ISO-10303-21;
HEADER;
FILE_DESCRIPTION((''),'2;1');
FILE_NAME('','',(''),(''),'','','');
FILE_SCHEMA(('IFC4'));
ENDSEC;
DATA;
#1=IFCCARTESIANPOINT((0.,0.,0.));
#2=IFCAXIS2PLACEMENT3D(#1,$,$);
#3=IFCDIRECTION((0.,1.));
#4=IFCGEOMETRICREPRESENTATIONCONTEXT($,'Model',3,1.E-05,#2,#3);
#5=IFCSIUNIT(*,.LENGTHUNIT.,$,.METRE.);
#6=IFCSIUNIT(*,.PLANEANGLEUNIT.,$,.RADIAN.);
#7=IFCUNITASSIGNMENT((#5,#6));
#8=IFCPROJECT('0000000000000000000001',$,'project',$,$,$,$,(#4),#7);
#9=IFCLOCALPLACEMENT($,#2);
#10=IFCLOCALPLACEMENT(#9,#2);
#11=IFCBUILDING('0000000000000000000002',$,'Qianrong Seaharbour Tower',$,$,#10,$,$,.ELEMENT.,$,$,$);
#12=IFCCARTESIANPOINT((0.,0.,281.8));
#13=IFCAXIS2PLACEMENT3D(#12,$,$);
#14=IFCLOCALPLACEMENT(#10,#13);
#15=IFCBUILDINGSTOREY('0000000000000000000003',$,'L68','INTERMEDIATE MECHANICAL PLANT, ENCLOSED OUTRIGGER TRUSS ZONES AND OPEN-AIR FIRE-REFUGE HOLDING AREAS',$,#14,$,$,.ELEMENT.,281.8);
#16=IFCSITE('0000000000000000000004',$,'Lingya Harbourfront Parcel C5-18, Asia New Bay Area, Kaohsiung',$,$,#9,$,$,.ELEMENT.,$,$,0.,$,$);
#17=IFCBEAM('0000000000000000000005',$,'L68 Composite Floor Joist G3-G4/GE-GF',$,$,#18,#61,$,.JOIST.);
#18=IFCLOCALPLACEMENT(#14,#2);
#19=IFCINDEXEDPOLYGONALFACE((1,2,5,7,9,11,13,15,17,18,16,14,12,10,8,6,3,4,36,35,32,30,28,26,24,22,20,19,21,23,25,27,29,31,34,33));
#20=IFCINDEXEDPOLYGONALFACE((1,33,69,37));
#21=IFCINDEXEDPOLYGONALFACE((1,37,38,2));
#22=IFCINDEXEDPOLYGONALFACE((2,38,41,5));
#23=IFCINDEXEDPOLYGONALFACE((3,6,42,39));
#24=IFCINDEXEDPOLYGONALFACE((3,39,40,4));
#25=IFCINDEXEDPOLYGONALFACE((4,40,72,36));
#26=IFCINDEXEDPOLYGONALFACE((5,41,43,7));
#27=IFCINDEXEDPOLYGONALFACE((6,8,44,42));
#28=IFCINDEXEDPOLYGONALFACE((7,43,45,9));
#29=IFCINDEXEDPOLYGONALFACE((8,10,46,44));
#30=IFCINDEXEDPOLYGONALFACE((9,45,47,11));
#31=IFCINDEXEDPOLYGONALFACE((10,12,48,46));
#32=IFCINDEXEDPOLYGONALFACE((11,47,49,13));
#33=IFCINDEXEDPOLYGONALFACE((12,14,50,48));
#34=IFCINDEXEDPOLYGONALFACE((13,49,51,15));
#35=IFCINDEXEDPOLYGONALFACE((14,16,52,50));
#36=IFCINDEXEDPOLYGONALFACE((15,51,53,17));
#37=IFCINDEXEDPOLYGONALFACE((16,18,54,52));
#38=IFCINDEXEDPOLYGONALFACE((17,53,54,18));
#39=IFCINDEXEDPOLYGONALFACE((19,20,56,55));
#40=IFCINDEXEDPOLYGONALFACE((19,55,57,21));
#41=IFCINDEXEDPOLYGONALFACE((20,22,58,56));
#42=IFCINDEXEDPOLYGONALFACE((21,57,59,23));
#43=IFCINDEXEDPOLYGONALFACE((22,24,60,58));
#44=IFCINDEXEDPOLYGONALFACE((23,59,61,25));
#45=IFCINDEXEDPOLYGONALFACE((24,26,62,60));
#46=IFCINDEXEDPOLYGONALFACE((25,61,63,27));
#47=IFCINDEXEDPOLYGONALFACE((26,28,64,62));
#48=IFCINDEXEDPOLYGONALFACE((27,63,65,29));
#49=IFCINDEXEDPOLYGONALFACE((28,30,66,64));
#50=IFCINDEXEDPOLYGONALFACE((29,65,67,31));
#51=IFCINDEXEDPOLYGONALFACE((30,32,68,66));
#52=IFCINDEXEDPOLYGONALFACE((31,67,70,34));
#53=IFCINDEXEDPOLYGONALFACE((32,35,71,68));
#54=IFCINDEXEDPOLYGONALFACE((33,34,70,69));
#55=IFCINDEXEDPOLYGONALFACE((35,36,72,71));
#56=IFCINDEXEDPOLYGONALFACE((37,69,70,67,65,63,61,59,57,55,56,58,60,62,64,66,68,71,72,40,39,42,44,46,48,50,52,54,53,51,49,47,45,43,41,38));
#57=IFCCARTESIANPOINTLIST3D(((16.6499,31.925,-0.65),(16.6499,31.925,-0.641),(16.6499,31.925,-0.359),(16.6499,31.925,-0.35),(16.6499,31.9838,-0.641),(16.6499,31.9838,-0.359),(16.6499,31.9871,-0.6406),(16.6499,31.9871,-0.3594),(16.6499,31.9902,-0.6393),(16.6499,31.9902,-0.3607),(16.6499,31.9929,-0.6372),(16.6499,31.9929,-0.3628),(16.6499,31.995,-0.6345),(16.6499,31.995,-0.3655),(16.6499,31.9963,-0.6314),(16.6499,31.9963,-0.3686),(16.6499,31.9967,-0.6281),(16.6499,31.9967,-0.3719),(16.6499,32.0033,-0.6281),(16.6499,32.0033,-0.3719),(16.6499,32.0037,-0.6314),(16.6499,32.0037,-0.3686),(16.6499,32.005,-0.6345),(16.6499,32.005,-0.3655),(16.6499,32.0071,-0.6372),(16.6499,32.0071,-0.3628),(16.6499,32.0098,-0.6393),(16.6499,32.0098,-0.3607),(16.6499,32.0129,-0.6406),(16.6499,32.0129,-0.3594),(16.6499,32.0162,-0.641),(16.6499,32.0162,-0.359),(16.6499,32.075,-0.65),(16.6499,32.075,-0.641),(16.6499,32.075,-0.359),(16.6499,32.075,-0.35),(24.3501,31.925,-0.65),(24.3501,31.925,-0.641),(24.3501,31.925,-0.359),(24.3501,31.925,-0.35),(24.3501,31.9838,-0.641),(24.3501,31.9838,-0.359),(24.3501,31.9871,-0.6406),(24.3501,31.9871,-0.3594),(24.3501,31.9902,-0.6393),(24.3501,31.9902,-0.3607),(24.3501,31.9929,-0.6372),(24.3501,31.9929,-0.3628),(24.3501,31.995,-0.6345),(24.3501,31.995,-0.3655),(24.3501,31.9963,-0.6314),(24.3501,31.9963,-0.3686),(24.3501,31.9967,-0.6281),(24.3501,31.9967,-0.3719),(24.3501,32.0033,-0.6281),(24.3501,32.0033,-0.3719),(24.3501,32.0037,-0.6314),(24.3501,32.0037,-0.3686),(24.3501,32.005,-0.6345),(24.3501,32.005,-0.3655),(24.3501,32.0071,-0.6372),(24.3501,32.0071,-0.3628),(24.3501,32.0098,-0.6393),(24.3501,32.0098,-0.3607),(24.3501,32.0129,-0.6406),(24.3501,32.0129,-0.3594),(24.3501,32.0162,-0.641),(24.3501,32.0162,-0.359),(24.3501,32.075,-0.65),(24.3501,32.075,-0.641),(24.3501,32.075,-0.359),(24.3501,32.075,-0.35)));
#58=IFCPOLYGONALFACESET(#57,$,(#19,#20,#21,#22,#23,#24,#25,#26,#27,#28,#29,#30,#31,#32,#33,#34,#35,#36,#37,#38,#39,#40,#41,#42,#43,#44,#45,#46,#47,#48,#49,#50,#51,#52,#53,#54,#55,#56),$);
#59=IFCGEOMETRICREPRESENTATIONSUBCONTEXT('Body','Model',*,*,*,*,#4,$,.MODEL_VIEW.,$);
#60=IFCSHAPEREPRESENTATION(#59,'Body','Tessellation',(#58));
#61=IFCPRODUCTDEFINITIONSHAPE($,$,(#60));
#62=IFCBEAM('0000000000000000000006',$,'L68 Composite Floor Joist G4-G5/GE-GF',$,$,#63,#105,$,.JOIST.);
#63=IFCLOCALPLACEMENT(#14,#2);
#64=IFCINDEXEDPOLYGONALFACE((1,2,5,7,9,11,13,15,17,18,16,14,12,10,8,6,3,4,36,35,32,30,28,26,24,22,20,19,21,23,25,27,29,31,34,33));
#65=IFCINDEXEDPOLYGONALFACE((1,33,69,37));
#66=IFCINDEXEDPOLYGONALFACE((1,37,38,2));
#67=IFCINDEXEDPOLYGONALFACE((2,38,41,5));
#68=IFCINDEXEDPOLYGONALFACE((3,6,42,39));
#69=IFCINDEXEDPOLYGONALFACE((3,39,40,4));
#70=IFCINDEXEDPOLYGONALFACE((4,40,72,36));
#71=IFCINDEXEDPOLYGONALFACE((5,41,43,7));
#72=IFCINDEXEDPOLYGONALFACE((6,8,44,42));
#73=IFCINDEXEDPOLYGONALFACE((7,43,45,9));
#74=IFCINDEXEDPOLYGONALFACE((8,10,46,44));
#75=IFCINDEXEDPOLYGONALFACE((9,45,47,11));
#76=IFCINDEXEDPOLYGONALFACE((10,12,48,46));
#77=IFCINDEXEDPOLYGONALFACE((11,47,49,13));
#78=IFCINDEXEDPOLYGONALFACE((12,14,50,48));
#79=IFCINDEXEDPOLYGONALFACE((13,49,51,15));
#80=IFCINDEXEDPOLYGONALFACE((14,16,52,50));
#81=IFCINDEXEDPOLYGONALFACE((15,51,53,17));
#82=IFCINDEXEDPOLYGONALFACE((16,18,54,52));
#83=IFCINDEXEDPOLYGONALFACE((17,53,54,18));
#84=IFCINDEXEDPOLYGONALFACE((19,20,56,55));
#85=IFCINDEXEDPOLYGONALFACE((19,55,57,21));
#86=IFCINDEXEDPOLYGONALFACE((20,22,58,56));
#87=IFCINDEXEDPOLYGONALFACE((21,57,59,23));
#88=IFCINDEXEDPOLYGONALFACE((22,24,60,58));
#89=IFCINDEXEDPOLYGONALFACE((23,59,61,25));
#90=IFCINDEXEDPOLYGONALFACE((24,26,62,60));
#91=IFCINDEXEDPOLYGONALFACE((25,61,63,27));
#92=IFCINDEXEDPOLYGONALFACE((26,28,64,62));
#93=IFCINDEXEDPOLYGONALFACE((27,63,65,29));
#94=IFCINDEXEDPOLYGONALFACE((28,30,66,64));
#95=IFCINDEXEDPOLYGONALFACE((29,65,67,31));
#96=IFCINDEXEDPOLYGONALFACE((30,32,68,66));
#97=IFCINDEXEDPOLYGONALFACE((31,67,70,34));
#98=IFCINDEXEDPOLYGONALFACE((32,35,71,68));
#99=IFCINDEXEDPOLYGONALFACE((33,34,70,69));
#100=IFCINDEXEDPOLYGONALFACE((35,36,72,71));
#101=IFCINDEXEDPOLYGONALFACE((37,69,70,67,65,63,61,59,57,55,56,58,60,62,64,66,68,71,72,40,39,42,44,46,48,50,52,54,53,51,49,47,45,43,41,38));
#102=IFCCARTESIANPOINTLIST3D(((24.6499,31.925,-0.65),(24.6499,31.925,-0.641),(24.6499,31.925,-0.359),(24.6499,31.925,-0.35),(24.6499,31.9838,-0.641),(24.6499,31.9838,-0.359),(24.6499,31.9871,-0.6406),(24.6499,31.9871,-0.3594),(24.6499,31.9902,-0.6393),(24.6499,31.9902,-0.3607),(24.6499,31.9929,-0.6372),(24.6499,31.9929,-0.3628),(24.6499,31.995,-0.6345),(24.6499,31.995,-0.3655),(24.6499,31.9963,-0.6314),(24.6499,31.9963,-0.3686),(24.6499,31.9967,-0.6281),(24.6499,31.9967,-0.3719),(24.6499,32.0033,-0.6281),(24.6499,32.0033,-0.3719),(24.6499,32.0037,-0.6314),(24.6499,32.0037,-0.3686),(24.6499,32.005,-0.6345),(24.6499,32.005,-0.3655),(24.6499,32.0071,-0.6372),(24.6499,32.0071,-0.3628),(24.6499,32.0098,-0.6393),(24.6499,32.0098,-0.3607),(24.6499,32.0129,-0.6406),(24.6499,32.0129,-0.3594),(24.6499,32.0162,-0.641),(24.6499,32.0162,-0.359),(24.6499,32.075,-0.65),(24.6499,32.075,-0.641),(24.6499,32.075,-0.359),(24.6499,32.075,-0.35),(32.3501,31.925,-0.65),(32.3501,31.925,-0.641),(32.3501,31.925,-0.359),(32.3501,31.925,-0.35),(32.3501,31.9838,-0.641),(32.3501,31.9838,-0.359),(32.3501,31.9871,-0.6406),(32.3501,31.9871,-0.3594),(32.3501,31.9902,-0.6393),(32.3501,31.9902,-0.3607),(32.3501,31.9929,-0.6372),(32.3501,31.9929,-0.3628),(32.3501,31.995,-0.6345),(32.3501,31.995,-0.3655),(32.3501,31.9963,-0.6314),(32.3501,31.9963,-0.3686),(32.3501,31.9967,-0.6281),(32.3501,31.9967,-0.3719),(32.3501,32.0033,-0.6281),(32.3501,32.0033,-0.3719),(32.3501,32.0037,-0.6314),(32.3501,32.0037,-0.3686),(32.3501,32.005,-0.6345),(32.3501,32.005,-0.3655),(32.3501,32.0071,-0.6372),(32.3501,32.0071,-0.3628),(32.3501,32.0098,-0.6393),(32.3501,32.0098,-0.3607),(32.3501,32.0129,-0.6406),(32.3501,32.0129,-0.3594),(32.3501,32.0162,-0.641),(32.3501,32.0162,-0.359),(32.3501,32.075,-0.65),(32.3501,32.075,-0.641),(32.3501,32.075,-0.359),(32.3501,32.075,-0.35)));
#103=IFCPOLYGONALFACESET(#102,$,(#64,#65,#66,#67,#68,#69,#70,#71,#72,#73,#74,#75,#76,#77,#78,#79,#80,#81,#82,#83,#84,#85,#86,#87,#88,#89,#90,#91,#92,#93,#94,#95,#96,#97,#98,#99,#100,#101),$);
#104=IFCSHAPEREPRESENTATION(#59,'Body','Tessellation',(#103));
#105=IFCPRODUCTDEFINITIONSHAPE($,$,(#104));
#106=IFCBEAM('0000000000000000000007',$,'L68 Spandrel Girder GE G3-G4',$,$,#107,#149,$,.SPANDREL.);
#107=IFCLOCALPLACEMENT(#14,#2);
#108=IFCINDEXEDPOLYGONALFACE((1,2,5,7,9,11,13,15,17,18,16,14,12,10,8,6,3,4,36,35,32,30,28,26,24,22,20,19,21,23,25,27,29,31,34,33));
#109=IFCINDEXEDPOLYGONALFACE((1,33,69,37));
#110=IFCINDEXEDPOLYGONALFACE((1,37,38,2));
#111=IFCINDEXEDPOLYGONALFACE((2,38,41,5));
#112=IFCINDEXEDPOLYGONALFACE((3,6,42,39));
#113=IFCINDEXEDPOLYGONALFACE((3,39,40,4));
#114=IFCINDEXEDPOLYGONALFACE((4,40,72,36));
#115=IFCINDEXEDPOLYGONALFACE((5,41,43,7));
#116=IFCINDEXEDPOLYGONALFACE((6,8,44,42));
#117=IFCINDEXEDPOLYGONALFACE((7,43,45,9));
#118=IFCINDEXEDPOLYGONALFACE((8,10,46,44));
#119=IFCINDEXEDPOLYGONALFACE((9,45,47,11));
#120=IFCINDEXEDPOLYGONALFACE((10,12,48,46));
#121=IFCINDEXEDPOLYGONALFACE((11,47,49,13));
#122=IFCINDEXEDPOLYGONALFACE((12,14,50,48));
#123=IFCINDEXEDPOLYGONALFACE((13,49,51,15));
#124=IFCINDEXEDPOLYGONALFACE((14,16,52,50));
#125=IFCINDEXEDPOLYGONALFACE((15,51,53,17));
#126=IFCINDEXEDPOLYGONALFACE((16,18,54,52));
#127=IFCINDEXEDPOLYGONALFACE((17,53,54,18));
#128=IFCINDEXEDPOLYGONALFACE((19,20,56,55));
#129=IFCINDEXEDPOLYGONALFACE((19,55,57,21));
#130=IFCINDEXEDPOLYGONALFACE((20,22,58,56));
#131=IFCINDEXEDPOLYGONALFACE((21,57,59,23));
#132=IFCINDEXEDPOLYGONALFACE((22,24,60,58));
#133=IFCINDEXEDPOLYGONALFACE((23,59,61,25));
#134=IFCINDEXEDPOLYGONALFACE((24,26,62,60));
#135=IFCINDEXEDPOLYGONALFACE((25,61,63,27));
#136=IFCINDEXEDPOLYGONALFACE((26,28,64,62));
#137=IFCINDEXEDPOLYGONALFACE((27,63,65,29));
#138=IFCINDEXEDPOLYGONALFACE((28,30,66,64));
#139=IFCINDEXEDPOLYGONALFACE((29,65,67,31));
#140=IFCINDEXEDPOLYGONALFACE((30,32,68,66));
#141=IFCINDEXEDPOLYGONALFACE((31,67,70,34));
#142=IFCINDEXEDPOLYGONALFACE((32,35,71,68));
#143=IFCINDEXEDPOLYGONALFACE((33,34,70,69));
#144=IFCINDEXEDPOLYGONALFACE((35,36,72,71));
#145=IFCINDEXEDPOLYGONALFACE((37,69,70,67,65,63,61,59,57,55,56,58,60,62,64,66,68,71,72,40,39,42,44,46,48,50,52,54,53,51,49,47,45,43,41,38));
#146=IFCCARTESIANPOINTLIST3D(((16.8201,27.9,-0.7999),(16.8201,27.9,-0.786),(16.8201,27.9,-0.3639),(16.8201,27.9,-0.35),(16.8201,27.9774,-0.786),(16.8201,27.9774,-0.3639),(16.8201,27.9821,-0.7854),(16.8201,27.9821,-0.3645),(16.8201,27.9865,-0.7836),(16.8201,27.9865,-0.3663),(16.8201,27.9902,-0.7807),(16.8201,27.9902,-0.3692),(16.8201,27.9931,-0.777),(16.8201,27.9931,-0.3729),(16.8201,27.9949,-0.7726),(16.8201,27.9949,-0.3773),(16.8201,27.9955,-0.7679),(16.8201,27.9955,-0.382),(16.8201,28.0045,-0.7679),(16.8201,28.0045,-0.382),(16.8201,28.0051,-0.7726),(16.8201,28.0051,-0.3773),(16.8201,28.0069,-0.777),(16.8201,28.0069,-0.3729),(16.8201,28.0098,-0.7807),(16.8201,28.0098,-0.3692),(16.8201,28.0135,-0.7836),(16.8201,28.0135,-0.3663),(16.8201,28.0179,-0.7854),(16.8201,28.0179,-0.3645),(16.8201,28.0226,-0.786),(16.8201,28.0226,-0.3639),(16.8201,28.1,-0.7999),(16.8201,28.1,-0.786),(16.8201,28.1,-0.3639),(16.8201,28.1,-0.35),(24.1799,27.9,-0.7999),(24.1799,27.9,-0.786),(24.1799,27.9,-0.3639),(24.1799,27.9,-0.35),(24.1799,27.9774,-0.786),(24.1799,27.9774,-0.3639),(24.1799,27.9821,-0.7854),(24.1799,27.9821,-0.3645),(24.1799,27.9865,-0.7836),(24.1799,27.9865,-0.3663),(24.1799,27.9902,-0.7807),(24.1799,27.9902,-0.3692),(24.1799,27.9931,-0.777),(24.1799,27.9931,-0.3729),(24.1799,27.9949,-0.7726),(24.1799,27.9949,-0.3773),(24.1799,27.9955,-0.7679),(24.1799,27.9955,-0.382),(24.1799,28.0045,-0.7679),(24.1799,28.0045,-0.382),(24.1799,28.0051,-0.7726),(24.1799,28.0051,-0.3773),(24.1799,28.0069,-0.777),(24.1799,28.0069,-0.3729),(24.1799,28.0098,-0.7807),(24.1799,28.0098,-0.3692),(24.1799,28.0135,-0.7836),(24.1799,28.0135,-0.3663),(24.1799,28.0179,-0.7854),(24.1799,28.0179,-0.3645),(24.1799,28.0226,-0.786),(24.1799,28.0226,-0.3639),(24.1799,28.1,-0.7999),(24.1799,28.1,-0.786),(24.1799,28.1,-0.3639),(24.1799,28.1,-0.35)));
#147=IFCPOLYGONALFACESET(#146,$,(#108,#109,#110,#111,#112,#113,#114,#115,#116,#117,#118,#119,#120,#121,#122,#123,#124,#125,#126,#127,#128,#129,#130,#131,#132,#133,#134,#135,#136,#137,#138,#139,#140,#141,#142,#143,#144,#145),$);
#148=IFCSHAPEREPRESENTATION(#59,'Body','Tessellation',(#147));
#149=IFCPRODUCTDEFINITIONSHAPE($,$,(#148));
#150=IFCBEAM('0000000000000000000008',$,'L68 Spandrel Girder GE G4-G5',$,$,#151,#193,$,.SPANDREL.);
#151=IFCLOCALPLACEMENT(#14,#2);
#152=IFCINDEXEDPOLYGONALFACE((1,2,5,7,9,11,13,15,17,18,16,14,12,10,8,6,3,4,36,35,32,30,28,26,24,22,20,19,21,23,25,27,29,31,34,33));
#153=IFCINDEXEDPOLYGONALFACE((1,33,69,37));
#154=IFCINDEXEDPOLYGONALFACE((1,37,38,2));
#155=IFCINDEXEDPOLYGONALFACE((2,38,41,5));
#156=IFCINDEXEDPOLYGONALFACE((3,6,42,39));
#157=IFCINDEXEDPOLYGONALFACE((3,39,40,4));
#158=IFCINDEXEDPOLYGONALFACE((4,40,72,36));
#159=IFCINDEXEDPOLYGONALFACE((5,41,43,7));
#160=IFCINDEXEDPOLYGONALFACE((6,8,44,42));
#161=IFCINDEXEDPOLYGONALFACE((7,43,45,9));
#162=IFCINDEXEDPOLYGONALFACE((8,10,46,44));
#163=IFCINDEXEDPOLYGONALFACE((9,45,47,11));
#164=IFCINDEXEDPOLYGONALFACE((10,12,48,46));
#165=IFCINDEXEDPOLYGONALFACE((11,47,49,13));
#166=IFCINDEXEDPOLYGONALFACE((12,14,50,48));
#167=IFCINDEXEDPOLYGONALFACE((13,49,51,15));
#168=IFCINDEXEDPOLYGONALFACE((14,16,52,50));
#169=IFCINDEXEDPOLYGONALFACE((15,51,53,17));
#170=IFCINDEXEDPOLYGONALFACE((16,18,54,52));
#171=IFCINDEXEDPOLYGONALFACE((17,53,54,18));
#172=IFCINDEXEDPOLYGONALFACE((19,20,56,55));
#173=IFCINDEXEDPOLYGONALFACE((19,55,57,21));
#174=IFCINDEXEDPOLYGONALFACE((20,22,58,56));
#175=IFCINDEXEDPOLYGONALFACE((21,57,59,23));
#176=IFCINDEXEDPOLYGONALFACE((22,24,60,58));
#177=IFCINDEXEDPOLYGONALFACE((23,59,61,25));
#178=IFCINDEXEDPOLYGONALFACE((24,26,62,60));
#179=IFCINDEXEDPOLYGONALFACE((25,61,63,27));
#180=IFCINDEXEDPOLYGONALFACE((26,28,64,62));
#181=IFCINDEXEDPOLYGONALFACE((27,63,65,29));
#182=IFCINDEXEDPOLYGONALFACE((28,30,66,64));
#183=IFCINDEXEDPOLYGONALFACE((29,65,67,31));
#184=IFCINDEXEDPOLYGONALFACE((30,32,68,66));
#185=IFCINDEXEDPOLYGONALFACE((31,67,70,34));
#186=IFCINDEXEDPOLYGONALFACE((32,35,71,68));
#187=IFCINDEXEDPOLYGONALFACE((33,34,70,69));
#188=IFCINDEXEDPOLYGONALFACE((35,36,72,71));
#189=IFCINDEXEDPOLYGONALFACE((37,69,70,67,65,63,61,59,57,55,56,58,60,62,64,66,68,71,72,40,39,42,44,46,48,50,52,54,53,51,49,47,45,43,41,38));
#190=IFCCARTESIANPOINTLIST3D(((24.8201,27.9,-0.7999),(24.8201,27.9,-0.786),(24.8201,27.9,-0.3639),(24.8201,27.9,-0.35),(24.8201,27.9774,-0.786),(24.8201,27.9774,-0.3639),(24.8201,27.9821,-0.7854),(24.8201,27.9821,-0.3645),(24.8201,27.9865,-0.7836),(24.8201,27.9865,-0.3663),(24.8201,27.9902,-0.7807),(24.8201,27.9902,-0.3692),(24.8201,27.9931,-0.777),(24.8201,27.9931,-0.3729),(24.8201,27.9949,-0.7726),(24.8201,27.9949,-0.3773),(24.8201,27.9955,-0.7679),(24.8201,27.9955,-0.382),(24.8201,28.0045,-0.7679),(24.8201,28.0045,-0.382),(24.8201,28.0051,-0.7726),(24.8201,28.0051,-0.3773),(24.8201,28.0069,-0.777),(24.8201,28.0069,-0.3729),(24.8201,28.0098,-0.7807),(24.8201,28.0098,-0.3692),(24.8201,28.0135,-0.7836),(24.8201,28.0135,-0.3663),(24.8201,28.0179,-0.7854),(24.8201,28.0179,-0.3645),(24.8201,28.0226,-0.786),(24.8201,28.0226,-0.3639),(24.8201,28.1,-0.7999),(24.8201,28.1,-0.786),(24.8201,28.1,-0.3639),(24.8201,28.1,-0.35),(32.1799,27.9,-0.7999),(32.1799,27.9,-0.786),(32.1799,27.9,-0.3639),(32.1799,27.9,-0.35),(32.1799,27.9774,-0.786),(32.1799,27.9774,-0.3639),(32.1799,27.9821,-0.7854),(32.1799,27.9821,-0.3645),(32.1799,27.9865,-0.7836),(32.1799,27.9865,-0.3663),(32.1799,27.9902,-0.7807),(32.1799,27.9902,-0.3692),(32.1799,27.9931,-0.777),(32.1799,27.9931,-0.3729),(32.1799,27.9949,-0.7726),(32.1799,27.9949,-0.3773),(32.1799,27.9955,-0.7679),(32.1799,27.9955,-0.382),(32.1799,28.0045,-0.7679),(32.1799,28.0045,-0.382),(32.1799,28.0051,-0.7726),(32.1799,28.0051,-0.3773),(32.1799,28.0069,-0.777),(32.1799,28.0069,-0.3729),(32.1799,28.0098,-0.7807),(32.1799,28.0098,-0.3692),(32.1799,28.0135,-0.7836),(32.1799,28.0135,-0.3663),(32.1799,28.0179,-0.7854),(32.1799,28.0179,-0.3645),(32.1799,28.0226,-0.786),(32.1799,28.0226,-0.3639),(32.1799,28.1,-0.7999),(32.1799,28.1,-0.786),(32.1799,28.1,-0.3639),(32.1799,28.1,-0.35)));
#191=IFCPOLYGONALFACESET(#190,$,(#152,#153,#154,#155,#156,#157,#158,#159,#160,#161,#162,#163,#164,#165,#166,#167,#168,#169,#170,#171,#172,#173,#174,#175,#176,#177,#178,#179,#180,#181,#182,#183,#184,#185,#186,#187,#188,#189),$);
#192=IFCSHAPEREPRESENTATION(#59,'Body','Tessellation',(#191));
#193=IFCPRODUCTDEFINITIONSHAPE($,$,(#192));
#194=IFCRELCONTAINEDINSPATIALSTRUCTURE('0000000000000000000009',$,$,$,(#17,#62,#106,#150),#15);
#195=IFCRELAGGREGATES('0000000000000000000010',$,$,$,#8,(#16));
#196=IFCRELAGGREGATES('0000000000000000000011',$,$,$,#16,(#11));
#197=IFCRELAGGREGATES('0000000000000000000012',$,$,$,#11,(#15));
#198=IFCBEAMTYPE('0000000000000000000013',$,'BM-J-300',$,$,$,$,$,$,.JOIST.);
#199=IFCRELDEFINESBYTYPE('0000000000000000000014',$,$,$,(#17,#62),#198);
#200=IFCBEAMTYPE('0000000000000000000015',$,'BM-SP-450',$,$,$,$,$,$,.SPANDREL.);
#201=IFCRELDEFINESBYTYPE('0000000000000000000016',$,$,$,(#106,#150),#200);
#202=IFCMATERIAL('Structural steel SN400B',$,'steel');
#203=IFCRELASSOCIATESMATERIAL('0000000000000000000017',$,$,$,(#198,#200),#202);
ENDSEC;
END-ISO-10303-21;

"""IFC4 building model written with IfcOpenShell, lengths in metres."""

from ifc_helpers import new_model, si_unit, direction, frame, origin, origin_2d, place, context, subcontext, project, spatial, i_section, extrude, material, material_profile, profile_set, type_object, element, save


model = new_model("IFC4")

# Units and contexts
model_context = context("Model", 3, precision=1e-05, world=origin(), true_north=direction((0.0, 1.0)))
body_context = subcontext(model_context, "Body", "Model", "MODEL_VIEW")
ifc_project = project(units=[si_unit("LENGTHUNIT", "METRE"), si_unit("PLANEANGLEUNIT", "RADIAN")], contexts=[model_context])

# Site, building, storey
site_placement = place(None, origin())
site = spatial("IfcSite", under=ifc_project, at=site_placement, Name="Lingya Harbourfront Parcel C5-18, Asia New Bay Area, Kaohsiung", CompositionType="ELEMENT", RefElevation=0.0)
building_placement = place(site_placement, origin())
building = spatial("IfcBuilding", under=site, at=building_placement, Name="Qianrong Seaharbour Tower", CompositionType="ELEMENT")
storey_placement = place(building_placement, frame((0.0, 0.0, 281.8)))
storey = spatial("IfcBuildingStorey", under=building, at=storey_placement, Name="L68", Description="INTERMEDIATE MECHANICAL PLANT, ENCLOSED OUTRIGGER TRUSS ZONES AND OPEN-AIR FIRE-REFUGE HOLDING AREAS", CompositionType="ELEMENT", Elevation=281.8)

# Beams
ifc_material_1 = material(Name="Structural steel SN400B", Category="steel")
ifc_material_profile_1 = material_profile(ifc_material_1, i_section(OverallWidth=0.1499, OverallDepth=0.3, WebThickness=0.0066, FlangeThickness=0.009, FilletRadius=0.0129, at=origin_2d()), Name="H300x150x6.5x9")
ifc_profile_set_1 = profile_set([ifc_material_profile_1], Name="Structural steel SN400B")
beam_type_1 = type_object("IfcBeamType", Name="BM-J-300", PredefinedType="JOIST", material=ifc_profile_set_1)
for number, where, z_axis, x_axis, name in (
    (1, (16.6499, 32.0, -0.5), (1.0, 0.0, 0.0), (0.0, 1.0, 0.0), "L68 Composite Floor Joist G3-G4/GE-GF"),
    (2, (24.6499, 32.0, -0.5), (1.0, 0.0, 0.0), (0.0, 1.0, 0.0), "L68 Composite Floor Joist G4-G5/GE-GF"),
):
    element("IfcBeam", number, at=place(storey_placement, frame(where, z_axis=z_axis, x_axis=x_axis)), inside=storey, type_object=beam_type_1, Name=name, PredefinedType="JOIST", context=body_context, shape_type="SweptSolid", body=[
        extrude(i_section(OverallWidth=0.1499, OverallDepth=0.3, WebThickness=0.0066, FlangeThickness=0.009, FilletRadius=0.0129, at=origin_2d()), origin(), (0.0, 0.0, 1.0), 7.7002),
    ])
ifc_material_profile_2 = material_profile(ifc_material_1, i_section(OverallWidth=0.2, OverallDepth=0.45, WebThickness=0.009, FlangeThickness=0.0139, FilletRadius=0.0181, at=origin_2d()), Name="H450x200x9x14")
ifc_profile_set_2 = profile_set([ifc_material_profile_2], Name="Structural steel SN400B")
beam_type_2 = type_object("IfcBeamType", Name="BM-SP-450", PredefinedType="SPANDREL", material=ifc_profile_set_2)
for number, where, z_axis, x_axis, name in (
    (3, (16.8201, 28.0, -0.575), (1.0, 0.0, 0.0), (0.0, 1.0, 0.0), "L68 Spandrel Girder GE G3-G4"),
    (4, (24.8201, 28.0, -0.575), (1.0, 0.0, 0.0), (0.0, 1.0, 0.0), "L68 Spandrel Girder GE G4-G5"),
):
    element("IfcBeam", number, at=place(storey_placement, frame(where, z_axis=z_axis, x_axis=x_axis)), inside=storey, type_object=beam_type_2, Name=name, PredefinedType="SPANDREL", context=body_context, shape_type="SweptSolid", body=[
        extrude(i_section(OverallWidth=0.2, OverallDepth=0.45, WebThickness=0.009, FlangeThickness=0.0139, FilletRadius=0.0181, at=origin_2d()), origin(), (0.0, 0.0, 1.0), 7.3599),
    ])

save(model, "model.ifc")
